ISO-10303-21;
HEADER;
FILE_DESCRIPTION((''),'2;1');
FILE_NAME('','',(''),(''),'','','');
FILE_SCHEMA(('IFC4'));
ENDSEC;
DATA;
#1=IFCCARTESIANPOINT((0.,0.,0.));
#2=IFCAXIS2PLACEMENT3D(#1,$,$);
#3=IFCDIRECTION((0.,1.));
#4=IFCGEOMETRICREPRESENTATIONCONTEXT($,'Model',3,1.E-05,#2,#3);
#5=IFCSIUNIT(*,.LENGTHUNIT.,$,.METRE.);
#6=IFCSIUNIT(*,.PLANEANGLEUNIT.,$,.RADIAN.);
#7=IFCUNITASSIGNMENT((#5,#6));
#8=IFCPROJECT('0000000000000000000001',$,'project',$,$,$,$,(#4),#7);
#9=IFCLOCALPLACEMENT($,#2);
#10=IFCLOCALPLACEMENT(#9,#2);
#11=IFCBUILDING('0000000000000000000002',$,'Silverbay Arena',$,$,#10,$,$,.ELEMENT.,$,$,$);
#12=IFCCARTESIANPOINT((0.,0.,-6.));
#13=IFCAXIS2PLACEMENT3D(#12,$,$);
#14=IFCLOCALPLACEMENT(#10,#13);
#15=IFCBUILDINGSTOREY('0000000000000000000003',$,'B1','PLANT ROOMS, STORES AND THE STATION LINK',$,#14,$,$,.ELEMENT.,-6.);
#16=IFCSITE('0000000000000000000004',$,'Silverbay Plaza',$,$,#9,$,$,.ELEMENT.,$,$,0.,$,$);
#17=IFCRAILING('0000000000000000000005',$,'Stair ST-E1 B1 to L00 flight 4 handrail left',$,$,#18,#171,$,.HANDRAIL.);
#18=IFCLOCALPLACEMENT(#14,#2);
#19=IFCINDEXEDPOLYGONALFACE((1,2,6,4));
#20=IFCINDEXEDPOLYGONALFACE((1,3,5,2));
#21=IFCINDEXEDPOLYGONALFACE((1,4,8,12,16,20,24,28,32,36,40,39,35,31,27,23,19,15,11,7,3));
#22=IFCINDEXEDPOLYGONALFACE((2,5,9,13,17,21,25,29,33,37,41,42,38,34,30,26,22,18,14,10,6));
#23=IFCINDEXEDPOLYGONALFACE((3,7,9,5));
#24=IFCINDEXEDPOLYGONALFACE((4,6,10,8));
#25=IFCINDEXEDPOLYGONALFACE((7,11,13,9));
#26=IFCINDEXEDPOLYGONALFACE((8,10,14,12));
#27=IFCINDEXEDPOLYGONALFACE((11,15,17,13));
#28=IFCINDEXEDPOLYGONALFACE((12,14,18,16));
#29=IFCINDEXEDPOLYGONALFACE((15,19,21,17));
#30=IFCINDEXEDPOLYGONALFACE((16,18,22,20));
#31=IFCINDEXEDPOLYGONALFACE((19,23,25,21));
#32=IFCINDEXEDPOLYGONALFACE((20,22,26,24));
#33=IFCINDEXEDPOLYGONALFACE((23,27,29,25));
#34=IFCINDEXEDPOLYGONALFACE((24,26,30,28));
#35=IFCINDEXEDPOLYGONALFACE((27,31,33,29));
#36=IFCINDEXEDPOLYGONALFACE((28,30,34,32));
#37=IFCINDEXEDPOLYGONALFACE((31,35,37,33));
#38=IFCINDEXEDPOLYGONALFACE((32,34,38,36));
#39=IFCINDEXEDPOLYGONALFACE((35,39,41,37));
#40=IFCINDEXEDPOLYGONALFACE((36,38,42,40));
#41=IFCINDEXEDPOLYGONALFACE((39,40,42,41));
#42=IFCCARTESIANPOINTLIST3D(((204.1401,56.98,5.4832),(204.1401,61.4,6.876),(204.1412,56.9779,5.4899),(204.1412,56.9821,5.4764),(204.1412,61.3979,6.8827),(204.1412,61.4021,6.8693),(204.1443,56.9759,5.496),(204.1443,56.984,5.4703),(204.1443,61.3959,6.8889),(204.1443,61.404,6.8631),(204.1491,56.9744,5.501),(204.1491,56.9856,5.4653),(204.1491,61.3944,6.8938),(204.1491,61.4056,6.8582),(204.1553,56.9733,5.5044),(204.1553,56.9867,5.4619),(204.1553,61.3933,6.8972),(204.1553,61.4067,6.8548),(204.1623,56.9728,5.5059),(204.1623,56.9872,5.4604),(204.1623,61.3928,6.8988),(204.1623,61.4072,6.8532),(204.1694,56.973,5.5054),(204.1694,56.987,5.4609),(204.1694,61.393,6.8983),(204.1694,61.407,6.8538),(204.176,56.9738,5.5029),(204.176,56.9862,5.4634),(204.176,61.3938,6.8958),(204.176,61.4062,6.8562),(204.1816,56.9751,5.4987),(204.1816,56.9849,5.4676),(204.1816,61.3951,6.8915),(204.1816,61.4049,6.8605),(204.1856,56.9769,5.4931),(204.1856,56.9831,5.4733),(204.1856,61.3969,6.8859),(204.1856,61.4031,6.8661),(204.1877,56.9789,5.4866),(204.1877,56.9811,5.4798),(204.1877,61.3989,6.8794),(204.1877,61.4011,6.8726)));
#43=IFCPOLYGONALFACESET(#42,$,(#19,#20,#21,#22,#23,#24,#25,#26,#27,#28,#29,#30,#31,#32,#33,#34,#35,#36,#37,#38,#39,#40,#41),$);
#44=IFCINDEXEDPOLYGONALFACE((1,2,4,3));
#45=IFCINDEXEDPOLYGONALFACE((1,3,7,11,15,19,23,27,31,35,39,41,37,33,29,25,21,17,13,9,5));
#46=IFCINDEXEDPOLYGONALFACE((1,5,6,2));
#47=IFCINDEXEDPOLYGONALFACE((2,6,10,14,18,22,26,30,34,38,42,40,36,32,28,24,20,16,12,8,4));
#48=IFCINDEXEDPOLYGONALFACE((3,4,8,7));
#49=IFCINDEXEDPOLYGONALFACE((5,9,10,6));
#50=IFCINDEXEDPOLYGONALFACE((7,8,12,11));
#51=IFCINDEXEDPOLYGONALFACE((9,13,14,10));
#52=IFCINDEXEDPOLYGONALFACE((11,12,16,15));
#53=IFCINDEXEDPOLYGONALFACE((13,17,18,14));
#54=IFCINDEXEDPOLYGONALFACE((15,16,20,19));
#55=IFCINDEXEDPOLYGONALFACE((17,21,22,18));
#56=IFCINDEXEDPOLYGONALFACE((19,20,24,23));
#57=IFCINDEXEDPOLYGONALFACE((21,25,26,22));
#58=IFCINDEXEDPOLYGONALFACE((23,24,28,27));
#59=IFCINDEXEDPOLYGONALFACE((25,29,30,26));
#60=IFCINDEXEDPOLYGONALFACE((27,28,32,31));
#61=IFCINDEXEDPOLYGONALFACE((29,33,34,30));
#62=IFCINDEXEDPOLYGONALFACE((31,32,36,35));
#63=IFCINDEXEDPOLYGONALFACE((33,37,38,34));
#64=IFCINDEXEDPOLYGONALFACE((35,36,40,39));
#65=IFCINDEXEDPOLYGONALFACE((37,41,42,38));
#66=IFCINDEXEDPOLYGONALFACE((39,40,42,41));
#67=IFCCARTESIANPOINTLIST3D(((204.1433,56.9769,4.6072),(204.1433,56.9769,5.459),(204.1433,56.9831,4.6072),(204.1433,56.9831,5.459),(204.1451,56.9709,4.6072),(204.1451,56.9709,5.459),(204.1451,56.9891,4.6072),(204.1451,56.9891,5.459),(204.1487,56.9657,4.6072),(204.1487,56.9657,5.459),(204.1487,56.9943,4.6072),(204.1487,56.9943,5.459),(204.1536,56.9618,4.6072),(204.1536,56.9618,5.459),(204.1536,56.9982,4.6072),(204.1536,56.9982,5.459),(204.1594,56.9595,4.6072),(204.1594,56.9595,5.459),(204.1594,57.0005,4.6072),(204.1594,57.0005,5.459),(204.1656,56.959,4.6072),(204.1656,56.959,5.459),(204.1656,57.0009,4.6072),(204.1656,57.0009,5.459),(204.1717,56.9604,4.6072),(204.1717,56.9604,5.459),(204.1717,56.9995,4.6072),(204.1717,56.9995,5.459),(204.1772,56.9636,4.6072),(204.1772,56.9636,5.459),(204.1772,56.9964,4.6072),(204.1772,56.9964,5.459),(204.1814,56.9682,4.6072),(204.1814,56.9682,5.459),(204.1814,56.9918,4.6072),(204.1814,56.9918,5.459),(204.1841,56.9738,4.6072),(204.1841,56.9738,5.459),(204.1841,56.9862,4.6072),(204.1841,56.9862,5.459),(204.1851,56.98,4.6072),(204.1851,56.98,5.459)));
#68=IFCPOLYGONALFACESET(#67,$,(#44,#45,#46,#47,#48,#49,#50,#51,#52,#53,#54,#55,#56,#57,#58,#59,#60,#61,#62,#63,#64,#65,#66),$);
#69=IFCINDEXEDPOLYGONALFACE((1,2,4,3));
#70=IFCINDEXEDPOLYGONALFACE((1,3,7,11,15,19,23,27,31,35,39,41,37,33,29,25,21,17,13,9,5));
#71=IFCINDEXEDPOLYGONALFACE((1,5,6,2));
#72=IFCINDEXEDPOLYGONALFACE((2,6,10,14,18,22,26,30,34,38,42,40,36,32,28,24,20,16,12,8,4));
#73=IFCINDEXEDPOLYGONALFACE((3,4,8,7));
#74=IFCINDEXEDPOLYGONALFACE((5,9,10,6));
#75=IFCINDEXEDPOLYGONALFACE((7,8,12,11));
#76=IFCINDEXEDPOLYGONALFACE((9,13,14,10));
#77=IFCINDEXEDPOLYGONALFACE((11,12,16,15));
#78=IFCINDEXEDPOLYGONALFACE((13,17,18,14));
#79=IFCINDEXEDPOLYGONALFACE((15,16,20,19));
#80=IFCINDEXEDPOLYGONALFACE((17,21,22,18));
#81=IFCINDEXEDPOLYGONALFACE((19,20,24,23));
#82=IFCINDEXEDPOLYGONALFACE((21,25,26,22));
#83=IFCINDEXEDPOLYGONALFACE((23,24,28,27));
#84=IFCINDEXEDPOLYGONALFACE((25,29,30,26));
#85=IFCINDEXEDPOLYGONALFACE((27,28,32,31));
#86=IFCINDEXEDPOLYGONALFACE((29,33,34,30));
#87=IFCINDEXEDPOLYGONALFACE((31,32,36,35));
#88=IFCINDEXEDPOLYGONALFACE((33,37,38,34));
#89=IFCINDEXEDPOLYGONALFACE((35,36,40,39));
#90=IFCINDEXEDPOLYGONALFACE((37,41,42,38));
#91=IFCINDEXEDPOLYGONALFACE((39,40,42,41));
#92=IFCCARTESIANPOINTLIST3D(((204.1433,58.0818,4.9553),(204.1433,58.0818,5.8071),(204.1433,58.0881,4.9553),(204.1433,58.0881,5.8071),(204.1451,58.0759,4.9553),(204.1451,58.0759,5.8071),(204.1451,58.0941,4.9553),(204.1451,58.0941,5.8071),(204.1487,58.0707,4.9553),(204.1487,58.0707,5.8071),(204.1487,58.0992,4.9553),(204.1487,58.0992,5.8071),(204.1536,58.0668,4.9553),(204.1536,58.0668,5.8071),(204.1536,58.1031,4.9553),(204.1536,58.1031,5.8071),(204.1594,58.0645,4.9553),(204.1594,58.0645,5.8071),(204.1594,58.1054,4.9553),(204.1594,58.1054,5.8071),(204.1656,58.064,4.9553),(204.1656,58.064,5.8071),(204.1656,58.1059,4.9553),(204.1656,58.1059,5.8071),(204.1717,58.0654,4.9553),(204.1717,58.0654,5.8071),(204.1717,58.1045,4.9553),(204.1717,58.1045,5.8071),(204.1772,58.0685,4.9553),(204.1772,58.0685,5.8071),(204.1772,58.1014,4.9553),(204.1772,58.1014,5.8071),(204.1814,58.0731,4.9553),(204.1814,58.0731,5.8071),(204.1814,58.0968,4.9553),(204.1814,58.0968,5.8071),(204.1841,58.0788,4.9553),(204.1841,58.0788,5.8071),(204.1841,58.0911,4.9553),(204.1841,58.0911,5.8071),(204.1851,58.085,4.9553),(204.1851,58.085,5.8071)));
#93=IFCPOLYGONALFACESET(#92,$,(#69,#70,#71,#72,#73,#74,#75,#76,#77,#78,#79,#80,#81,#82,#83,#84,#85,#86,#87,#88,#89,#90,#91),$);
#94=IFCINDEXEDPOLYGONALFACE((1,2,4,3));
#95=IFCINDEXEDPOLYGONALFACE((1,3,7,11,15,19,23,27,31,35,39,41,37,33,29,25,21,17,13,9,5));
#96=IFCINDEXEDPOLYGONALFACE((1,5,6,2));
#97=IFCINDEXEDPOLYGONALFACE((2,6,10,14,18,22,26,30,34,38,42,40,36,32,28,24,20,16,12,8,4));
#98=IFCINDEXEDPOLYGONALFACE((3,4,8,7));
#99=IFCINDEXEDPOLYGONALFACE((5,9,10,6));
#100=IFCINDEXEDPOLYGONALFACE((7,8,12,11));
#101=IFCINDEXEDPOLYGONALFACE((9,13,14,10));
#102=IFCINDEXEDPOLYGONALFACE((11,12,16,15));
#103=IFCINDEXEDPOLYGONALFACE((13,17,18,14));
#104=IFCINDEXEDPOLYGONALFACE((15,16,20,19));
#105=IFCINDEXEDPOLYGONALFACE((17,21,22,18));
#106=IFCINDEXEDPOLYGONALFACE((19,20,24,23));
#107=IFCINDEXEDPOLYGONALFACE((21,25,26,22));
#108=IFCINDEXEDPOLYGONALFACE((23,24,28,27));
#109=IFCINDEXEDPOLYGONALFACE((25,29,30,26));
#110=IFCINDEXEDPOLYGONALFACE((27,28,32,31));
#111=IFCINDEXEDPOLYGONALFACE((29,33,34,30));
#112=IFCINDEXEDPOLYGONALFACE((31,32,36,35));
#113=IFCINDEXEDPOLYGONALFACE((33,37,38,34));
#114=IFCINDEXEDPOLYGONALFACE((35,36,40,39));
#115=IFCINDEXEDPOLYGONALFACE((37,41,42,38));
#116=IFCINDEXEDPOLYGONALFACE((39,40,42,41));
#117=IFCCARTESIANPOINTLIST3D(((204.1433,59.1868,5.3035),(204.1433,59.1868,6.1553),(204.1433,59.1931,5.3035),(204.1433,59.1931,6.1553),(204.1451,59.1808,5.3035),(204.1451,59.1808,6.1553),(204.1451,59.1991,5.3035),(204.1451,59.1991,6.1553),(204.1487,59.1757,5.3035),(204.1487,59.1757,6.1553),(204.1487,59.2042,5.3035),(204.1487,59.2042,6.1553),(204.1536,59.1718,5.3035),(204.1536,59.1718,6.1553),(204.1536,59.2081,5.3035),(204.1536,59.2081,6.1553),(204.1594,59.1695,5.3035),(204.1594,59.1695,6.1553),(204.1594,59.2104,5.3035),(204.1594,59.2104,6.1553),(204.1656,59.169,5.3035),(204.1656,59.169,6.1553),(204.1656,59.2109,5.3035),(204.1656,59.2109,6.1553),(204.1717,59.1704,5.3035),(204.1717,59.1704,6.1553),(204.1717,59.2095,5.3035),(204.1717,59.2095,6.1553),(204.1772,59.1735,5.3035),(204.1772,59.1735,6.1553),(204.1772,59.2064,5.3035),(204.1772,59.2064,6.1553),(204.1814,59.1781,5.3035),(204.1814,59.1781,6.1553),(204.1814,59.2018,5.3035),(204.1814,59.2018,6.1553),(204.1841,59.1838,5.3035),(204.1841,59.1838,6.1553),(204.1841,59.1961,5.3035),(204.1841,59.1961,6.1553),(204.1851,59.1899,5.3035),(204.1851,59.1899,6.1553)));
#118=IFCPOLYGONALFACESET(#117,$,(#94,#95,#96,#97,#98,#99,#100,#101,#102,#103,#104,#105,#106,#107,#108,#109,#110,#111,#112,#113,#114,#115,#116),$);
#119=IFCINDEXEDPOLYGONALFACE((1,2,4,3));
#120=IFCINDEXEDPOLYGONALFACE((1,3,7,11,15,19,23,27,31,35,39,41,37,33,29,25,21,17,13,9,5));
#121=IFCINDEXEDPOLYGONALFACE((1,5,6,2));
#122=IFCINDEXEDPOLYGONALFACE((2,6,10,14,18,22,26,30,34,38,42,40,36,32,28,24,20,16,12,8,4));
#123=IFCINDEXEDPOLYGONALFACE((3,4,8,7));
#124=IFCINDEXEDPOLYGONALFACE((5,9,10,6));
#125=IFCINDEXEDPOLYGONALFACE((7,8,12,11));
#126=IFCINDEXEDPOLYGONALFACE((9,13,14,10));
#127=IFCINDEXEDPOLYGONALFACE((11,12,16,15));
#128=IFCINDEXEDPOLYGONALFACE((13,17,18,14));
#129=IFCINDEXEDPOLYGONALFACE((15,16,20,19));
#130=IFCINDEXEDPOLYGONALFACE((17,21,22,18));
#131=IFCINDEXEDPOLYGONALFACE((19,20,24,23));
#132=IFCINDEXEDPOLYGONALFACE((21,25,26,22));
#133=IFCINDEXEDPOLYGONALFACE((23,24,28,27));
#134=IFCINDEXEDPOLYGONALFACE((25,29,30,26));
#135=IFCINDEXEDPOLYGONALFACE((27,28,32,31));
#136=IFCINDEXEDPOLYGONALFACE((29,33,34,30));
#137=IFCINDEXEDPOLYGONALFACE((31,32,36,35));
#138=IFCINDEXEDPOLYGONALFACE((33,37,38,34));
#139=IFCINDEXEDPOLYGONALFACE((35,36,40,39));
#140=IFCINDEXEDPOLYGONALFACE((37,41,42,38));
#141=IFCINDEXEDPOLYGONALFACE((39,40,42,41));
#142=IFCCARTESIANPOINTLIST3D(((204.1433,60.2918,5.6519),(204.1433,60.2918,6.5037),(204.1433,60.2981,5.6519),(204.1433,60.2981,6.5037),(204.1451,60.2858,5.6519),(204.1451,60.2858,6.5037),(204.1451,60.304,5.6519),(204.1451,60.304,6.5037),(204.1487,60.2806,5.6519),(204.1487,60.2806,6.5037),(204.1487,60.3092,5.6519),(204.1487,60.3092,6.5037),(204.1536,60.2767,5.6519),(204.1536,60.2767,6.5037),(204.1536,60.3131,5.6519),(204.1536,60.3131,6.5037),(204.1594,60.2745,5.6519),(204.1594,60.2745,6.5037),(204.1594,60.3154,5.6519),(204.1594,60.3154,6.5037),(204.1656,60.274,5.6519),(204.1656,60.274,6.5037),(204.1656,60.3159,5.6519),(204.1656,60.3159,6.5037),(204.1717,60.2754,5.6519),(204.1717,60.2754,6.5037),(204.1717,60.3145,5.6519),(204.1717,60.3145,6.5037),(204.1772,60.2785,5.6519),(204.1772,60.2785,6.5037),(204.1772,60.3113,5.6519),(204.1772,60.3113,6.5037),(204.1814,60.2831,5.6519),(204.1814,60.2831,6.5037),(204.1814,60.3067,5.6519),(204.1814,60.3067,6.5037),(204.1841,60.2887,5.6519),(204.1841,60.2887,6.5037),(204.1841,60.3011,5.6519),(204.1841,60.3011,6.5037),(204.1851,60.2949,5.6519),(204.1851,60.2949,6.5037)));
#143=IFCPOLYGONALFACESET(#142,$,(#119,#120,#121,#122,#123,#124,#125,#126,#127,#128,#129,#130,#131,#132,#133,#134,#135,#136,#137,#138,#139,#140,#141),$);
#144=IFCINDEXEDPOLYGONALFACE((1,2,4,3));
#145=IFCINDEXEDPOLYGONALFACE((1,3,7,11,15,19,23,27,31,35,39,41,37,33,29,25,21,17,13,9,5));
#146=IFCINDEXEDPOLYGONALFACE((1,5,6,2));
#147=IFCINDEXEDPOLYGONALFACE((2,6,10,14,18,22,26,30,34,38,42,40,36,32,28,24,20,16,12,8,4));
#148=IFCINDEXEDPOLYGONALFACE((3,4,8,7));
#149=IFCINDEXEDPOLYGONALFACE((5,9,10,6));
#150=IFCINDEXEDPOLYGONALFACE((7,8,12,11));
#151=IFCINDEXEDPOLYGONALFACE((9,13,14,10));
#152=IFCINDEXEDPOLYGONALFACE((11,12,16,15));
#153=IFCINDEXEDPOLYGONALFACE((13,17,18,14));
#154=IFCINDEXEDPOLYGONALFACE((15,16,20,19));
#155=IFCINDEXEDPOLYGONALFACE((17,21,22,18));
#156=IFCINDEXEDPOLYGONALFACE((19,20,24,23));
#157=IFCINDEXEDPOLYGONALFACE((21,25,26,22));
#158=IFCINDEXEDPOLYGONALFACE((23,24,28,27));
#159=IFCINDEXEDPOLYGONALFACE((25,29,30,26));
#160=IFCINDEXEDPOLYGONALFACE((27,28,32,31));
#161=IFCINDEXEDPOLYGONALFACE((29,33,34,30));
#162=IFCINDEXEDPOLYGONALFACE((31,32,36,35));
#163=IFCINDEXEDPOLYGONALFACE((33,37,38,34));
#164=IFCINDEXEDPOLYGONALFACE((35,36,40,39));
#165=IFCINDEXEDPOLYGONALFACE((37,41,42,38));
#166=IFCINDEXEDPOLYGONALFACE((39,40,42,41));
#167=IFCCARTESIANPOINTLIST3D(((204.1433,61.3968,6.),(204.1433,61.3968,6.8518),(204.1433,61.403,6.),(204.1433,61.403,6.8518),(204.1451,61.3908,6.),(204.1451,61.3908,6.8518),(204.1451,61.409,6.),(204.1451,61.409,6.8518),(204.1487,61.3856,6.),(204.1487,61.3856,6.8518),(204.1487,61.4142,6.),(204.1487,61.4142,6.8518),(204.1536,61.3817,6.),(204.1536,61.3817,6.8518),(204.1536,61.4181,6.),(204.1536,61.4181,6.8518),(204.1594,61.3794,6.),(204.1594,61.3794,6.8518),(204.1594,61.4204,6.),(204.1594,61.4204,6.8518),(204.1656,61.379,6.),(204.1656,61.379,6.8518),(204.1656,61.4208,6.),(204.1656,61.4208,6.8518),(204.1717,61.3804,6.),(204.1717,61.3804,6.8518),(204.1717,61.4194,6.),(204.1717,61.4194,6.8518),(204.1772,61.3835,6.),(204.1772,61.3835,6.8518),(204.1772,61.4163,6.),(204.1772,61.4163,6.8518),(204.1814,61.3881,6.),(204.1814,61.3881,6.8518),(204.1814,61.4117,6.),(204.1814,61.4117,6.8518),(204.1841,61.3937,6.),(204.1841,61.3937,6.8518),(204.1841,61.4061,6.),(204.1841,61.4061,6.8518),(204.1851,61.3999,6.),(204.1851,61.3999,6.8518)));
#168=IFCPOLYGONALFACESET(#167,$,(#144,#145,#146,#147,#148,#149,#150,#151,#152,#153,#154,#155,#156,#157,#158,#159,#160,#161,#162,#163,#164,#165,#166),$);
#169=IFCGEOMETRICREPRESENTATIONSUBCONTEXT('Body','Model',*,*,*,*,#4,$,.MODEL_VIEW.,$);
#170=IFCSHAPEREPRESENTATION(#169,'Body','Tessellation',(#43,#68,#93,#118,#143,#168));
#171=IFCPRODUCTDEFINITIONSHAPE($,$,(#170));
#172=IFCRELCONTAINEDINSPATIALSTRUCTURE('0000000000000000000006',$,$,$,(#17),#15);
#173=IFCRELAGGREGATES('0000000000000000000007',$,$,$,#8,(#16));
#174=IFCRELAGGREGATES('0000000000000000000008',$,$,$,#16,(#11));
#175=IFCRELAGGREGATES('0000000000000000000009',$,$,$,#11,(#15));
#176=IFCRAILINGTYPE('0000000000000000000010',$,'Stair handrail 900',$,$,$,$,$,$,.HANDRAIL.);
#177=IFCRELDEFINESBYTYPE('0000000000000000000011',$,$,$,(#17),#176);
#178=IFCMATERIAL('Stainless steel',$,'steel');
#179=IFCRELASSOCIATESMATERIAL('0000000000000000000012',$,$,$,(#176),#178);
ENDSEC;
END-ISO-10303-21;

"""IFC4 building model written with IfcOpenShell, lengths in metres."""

from ifc_helpers import new_model, si_unit, direction, frame, origin, origin_2d, place, context, subcontext, project, spatial, circle, extrude, material, type_object, element, save


model = new_model("IFC4")

# Units and contexts
model_context = context("Model", 3, precision=1e-05, world=origin(), true_north=direction((0.0, 1.0)))
body_context = subcontext(model_context, "Body", "Model", "MODEL_VIEW")
ifc_project = project(units=[si_unit("LENGTHUNIT", "METRE"), si_unit("PLANEANGLEUNIT", "RADIAN")], contexts=[model_context])

# Site, building, storey
site_placement = place(None, origin())
site = spatial("IfcSite", under=ifc_project, at=site_placement, Name="Silverbay Plaza", CompositionType="ELEMENT", RefElevation=0.0)
building_placement = place(site_placement, origin())
building = spatial("IfcBuilding", under=site, at=building_placement, Name="Silverbay Arena", CompositionType="ELEMENT")
storey_placement = place(building_placement, frame((0.0, 0.0, -6.0)))
storey = spatial("IfcBuildingStorey", under=building, at=storey_placement, Name="B1", Description="PLANT ROOMS, STORES AND THE STATION LINK", CompositionType="ELEMENT", Elevation=-6.0)

# Railing
ifc_material_1 = material(Name="Stainless steel", Category="steel")
railing_type_1 = type_object("IfcRailingType", Name="Stair handrail 900", PredefinedType="HANDRAIL", material=ifc_material_1)
for number, where, name in (
    (1, (204.1641, 56.98, 4.6072), "Stair ST-E1 B1 to L00 flight 4 handrail left"),
):
    element("IfcRailing", number, at=place(storey_placement, frame(where)), inside=storey, type_object=railing_type_1, Name=name, PredefinedType="HANDRAIL", context=body_context, shape_type="SweptSolid", body=[
        extrude(circle(Radius=0.0239, at=origin_2d()), frame((0.0, 0.0, 0.876), z_axis=(0.0, 0.953765, 0.300554), x_axis=(-1.0, 0.0, 0.0)), (0.0, 0.0, 1.0), 4.6343),
        extrude(circle(Radius=0.021, at=origin_2d()), origin(), (0.0, 0.0, 1.0), 0.8518),
        extrude(circle(Radius=0.021, at=origin_2d()), frame((0.0, 1.105, 0.3481)), (0.0, 0.0, 1.0), 0.8518),
        extrude(circle(Radius=0.021, at=origin_2d()), frame((0.0, 2.21, 0.6963)), (0.0, 0.0, 1.0), 0.8518),
        extrude(circle(Radius=0.021, at=origin_2d()), frame((0.0, 3.3149, 1.0447)), (0.0, 0.0, 1.0), 0.8518),
        extrude(circle(Radius=0.021, at=origin_2d()), frame((0.0, 4.4199, 1.3928)), (0.0, 0.0, 1.0), 0.8518),
    ])

save(model, "model.ifc")
